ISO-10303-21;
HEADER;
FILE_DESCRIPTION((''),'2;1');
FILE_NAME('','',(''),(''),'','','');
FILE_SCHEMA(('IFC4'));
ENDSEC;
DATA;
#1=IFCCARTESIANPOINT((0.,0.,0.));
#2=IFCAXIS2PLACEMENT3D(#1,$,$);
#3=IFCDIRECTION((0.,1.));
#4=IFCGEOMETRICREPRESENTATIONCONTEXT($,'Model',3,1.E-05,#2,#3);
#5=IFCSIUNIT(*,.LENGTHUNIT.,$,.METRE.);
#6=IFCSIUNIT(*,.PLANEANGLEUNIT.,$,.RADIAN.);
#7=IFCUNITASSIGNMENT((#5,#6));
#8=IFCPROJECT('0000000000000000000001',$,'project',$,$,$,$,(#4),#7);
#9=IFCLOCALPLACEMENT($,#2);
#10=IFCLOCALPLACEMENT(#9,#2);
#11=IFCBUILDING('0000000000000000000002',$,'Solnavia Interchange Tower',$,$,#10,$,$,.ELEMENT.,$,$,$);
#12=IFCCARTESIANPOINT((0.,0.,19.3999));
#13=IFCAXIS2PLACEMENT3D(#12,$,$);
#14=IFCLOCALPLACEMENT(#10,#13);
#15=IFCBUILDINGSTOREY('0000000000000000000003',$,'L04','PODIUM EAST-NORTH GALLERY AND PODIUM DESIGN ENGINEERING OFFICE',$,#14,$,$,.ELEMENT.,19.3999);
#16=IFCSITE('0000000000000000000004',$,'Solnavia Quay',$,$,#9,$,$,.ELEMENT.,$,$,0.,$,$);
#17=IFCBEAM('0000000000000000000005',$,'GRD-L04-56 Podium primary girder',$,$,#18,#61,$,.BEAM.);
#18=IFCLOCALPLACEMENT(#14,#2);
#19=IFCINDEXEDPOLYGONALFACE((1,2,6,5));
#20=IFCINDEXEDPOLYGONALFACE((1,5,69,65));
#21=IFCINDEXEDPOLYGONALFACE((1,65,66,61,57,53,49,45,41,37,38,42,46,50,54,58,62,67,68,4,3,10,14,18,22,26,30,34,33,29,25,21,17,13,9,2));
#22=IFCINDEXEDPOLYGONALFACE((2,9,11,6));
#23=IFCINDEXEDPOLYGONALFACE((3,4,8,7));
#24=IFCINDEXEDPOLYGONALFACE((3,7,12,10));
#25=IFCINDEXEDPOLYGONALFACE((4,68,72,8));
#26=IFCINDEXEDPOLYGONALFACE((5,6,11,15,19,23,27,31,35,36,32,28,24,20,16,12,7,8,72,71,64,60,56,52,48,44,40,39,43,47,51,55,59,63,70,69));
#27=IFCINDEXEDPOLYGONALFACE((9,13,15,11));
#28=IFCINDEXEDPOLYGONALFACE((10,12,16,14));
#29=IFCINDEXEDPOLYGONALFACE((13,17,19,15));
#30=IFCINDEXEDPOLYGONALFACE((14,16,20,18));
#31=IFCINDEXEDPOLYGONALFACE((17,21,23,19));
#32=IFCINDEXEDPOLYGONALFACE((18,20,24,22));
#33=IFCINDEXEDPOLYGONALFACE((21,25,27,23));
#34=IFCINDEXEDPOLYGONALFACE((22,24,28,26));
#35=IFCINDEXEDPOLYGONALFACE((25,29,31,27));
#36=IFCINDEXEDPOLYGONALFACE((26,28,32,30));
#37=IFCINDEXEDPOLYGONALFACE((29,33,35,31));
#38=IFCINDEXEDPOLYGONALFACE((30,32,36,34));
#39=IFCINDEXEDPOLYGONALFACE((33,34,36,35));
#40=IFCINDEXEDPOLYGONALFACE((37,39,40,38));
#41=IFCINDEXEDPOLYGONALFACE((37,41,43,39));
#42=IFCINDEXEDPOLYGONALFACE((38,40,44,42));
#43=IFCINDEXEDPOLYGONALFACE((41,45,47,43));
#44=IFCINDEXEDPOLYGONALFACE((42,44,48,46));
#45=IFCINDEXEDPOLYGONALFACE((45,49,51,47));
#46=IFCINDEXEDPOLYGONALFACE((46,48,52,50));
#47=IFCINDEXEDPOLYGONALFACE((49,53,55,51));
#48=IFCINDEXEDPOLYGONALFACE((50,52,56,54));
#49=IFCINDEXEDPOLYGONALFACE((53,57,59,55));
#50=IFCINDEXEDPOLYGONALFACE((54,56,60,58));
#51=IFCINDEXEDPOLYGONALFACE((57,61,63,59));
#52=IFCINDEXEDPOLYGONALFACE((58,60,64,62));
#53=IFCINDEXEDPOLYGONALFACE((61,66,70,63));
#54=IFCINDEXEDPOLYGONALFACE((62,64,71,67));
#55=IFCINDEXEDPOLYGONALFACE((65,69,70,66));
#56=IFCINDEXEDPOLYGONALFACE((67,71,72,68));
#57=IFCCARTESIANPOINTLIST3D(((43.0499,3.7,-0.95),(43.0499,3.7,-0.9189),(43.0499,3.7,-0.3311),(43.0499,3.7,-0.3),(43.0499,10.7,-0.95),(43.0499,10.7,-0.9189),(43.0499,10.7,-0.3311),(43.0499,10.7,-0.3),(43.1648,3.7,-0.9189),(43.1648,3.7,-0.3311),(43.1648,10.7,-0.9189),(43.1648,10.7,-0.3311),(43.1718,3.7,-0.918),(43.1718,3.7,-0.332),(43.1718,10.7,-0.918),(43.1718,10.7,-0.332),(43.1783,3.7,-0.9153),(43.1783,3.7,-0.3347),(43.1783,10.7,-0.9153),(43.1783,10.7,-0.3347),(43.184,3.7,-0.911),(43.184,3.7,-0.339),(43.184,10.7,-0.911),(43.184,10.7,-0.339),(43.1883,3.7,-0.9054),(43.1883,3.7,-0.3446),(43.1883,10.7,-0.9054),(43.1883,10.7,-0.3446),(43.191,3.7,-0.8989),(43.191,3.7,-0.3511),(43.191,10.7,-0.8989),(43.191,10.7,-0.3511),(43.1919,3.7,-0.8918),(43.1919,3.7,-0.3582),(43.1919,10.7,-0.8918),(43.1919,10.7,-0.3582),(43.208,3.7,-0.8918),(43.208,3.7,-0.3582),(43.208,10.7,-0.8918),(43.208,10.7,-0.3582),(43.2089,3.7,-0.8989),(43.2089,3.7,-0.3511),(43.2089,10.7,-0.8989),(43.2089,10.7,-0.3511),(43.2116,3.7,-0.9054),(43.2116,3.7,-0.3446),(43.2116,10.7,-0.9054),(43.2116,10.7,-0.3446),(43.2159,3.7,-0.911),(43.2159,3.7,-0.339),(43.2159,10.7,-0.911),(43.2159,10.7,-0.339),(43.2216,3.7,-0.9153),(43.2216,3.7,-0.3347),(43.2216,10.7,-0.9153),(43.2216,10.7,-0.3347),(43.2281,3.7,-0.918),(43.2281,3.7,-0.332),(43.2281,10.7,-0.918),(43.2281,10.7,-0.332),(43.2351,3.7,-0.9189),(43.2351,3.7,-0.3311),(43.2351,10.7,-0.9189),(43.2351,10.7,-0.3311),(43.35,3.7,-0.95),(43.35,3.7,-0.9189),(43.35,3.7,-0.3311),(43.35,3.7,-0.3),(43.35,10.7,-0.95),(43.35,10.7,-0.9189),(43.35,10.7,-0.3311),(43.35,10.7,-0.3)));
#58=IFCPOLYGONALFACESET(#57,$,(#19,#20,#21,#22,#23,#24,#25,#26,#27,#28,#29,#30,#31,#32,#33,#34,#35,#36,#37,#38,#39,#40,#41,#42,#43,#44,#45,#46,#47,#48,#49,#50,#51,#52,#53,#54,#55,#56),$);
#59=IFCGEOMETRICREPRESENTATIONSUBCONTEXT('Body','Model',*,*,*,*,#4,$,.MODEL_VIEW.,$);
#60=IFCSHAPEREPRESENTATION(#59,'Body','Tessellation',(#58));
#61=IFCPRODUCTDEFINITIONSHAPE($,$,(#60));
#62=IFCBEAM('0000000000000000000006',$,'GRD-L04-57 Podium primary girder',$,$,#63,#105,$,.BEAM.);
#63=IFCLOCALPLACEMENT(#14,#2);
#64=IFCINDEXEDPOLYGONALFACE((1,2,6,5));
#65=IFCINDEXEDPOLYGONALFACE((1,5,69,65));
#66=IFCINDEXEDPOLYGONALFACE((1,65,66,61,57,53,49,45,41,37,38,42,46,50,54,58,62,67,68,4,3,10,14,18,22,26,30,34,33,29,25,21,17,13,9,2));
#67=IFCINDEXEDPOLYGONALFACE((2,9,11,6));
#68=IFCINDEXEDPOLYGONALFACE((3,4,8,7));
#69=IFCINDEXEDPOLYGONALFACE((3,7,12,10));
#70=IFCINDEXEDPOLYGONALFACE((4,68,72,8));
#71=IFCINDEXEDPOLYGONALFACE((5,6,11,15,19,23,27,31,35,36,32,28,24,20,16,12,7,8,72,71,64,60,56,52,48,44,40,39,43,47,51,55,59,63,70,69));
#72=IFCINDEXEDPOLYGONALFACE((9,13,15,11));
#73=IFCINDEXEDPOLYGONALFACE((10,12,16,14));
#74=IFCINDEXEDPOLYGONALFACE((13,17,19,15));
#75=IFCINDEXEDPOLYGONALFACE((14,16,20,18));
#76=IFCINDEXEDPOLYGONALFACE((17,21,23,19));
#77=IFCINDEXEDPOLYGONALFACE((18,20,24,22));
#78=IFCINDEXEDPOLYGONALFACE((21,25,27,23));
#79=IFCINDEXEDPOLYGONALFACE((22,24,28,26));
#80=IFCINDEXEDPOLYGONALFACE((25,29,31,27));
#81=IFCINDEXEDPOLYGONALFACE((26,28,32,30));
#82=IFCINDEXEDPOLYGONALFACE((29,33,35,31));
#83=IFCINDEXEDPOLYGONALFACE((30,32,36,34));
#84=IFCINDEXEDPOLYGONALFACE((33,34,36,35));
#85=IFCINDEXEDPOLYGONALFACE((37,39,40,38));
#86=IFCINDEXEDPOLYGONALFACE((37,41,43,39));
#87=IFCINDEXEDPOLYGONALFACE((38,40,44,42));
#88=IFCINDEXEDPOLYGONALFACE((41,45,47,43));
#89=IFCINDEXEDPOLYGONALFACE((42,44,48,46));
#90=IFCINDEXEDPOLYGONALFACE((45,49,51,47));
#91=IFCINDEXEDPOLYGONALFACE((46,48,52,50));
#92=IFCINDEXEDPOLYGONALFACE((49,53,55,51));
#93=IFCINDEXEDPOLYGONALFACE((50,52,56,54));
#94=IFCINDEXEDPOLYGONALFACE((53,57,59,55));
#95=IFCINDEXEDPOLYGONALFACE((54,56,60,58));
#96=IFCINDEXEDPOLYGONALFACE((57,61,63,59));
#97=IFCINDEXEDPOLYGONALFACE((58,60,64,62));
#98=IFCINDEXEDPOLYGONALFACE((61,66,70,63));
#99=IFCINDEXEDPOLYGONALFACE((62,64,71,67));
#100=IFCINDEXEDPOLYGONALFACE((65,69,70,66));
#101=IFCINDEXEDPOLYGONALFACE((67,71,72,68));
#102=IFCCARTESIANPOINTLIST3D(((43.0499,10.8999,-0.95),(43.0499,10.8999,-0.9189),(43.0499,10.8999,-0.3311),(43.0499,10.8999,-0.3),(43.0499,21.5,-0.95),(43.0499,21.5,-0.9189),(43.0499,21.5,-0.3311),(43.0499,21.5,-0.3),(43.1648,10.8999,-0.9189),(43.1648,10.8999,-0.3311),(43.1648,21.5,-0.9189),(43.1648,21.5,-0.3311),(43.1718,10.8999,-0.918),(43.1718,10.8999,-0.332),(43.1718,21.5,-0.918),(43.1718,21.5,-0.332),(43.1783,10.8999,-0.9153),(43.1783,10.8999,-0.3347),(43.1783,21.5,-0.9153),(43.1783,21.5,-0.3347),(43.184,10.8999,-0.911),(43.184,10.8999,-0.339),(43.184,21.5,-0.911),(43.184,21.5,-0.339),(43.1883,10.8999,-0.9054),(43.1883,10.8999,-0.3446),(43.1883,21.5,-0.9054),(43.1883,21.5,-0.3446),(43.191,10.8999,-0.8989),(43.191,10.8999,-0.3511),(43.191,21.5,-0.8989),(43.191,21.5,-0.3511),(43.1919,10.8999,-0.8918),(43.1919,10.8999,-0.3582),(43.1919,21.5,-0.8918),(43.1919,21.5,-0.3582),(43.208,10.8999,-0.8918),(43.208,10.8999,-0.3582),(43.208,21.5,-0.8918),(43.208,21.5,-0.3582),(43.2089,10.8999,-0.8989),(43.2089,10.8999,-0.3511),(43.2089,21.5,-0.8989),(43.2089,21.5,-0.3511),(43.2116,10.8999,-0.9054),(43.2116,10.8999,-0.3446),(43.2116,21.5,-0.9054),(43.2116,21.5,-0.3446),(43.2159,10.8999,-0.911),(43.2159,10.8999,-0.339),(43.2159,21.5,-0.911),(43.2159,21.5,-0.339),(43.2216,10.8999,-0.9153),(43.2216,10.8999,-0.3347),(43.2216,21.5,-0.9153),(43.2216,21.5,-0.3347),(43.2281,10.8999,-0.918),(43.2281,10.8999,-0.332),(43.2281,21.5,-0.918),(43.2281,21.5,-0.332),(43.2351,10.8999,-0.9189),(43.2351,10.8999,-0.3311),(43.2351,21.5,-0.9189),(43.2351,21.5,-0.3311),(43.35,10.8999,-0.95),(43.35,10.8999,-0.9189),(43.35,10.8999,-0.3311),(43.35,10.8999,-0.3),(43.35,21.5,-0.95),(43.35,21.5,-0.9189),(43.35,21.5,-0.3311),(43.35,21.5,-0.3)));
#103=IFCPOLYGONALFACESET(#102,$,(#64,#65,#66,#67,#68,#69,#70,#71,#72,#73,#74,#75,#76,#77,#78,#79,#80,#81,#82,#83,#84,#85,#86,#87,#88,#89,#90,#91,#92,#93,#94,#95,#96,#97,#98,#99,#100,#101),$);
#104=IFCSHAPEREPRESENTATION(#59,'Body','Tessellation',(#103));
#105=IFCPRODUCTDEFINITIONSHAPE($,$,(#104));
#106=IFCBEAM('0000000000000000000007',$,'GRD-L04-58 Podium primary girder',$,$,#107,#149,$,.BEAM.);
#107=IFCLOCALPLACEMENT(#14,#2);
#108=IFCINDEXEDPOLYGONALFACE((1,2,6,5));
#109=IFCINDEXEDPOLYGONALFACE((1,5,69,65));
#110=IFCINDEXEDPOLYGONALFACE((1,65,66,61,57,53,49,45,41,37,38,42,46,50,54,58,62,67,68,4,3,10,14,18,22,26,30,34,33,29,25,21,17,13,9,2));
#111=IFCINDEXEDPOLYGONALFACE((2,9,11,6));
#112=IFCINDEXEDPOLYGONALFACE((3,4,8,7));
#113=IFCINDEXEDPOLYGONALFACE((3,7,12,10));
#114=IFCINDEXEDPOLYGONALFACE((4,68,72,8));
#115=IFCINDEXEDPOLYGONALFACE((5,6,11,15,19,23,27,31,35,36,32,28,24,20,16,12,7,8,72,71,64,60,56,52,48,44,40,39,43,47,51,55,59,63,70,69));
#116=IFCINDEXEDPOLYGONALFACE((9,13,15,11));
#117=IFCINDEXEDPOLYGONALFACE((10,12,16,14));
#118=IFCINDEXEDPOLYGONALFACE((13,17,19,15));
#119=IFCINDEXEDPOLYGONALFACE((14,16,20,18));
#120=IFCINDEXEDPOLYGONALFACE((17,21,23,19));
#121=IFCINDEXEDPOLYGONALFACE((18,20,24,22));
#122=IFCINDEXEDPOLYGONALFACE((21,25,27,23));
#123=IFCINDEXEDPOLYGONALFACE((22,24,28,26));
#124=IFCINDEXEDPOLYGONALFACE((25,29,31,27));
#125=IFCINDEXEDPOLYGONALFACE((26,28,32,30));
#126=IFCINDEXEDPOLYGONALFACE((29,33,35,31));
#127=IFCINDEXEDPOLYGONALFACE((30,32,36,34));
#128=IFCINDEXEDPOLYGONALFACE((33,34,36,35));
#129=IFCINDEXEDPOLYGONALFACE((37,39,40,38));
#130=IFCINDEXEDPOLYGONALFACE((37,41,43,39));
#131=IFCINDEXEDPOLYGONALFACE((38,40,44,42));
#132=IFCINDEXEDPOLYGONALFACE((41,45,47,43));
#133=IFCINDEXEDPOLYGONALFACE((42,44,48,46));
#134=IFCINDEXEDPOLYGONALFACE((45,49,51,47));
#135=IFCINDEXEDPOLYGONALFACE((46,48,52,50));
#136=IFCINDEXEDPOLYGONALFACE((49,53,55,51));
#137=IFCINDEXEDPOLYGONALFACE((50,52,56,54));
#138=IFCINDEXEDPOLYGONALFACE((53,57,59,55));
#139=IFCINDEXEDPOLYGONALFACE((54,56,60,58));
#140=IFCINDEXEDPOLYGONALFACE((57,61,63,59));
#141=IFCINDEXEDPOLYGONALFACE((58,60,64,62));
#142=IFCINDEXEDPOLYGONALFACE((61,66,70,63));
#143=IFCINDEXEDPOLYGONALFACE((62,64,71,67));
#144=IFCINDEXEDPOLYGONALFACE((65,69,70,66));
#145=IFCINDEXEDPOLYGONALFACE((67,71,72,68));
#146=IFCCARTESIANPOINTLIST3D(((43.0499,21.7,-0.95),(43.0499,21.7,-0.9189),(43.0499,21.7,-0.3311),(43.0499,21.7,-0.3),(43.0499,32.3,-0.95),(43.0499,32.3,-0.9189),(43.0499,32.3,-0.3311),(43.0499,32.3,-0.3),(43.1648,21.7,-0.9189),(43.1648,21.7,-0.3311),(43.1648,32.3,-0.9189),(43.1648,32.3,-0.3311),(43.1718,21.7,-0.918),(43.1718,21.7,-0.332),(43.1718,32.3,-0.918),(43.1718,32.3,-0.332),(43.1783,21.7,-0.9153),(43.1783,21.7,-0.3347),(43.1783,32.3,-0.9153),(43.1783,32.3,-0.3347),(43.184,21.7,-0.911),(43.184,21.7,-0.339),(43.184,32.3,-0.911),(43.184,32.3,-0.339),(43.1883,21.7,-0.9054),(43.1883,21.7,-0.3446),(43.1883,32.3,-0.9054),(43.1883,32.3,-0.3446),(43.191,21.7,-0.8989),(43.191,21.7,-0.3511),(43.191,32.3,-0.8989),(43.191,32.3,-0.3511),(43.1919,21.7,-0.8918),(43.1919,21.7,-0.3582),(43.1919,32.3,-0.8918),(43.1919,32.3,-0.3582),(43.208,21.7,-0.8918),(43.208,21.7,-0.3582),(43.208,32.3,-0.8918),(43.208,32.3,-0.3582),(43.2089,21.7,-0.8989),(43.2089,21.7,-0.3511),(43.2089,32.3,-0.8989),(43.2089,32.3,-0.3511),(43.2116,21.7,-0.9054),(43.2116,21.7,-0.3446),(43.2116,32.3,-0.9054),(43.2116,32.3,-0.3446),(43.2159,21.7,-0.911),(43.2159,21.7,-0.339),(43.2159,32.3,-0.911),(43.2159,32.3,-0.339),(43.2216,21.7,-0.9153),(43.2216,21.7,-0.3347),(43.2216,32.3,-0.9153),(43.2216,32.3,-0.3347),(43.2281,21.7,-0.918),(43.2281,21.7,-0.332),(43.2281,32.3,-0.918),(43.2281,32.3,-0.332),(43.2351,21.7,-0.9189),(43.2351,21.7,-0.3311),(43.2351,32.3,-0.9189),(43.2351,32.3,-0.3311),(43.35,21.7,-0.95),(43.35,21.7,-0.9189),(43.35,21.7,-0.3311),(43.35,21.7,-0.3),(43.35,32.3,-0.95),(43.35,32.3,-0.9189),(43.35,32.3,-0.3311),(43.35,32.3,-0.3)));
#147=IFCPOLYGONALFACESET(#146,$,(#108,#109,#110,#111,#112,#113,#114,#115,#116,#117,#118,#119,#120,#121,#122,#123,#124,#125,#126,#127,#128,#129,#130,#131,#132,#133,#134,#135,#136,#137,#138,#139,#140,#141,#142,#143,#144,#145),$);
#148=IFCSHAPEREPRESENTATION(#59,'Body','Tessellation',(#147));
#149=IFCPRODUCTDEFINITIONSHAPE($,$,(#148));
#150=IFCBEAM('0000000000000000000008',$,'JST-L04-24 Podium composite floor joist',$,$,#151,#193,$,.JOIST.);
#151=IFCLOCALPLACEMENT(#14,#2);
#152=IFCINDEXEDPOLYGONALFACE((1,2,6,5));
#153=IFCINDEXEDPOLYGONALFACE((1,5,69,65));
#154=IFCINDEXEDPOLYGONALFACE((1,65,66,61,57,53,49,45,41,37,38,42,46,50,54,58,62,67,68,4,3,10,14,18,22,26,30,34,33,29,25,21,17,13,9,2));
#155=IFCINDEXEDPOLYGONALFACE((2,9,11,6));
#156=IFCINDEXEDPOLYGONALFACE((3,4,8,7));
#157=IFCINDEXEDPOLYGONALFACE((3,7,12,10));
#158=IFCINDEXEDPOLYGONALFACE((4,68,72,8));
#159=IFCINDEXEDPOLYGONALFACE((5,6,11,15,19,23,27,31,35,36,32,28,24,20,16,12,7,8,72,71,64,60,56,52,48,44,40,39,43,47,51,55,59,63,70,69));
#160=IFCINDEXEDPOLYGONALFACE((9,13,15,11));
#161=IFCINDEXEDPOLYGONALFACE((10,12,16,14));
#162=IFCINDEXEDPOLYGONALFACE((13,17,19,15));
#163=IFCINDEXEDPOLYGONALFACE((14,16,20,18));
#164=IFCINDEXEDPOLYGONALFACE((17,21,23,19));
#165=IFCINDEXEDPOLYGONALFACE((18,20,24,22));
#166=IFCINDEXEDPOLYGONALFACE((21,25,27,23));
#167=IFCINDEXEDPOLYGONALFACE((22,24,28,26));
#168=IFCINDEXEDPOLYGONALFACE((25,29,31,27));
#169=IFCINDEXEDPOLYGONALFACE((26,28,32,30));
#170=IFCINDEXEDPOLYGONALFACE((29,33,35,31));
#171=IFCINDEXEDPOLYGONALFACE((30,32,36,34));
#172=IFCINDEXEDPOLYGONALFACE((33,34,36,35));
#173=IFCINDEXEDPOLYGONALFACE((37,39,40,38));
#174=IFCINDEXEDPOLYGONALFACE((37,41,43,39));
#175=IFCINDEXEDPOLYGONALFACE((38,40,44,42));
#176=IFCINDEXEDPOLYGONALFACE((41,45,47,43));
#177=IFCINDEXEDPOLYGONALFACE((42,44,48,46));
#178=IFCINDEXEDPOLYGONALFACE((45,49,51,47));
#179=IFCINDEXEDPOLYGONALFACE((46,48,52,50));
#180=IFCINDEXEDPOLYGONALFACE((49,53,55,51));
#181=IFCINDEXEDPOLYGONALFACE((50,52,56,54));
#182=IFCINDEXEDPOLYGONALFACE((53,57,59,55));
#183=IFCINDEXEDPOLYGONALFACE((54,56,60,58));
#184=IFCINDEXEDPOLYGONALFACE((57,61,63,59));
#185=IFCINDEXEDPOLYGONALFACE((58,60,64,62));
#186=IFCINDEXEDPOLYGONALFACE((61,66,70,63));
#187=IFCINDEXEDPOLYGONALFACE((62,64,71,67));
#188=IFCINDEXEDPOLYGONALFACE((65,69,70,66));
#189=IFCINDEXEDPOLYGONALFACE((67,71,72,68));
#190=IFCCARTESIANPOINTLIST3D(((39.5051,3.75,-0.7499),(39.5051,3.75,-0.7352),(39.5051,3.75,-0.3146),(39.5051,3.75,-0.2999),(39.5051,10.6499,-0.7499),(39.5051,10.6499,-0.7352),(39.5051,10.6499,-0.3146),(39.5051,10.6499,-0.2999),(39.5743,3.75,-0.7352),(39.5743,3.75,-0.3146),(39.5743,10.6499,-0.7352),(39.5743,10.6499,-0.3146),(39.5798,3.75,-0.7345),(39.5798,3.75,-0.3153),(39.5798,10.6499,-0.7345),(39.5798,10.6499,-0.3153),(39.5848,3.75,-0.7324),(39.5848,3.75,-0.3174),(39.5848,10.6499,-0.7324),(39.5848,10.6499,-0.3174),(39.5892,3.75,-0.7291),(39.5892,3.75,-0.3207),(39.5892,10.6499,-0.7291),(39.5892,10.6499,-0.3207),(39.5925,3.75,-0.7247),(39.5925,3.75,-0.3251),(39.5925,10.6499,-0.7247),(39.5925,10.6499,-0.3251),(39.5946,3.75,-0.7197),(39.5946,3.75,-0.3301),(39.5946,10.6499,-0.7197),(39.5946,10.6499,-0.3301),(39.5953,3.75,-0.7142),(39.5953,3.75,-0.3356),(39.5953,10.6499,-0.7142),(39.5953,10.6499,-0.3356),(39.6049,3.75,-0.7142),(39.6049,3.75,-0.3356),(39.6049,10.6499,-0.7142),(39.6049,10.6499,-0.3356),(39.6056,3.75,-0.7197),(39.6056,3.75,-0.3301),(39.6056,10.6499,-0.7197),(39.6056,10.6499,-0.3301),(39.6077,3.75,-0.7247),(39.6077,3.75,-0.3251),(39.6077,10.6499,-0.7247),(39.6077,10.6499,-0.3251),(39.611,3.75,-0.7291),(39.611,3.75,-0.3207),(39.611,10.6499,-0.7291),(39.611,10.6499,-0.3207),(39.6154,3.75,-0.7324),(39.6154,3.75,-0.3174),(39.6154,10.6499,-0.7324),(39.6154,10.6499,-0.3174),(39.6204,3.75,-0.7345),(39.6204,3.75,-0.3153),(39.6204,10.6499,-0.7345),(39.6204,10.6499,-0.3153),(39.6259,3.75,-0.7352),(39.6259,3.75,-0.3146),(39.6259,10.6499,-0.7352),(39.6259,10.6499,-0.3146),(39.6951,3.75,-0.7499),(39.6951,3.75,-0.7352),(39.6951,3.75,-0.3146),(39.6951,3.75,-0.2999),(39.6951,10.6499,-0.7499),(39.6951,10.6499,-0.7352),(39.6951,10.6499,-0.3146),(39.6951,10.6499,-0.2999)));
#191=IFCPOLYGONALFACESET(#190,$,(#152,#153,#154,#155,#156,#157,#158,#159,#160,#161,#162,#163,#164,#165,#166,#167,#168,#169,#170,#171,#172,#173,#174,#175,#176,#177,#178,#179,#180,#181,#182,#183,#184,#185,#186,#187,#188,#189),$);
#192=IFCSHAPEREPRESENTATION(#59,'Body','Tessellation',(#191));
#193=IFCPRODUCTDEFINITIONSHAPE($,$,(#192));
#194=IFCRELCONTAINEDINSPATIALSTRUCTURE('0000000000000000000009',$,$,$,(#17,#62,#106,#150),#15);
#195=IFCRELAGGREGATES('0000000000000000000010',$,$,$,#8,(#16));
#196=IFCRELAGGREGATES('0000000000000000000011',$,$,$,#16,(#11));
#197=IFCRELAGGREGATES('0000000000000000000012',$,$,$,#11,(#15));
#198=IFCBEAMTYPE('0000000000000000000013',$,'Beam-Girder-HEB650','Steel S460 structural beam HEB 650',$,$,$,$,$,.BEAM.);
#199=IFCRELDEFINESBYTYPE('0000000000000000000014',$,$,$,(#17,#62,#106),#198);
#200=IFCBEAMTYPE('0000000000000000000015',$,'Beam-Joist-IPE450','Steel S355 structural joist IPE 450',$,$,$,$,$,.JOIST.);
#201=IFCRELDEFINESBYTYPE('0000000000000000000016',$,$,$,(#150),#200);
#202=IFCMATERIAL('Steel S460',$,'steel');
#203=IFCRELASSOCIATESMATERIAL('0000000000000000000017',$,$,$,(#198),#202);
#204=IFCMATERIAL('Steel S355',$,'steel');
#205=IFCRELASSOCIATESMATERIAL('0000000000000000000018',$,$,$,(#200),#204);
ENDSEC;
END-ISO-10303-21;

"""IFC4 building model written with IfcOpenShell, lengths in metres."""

from ifc_helpers import new_model, si_unit, direction, frame, origin, origin_2d, place, context, subcontext, project, spatial, i_section, extrude, material, material_profile, profile_set, type_object, element, save


model = new_model("IFC4")

# Units and contexts
model_context = context("Model", 3, precision=1e-05, world=origin(), true_north=direction((0.0, 1.0)))
body_context = subcontext(model_context, "Body", "Model", "MODEL_VIEW")
ifc_project = project(units=[si_unit("LENGTHUNIT", "METRE"), si_unit("PLANEANGLEUNIT", "RADIAN")], contexts=[model_context])

# Site, building, storey
site_placement = place(None, origin())
site = spatial("IfcSite", under=ifc_project, at=site_placement, Name="Solnavia Quay", CompositionType="ELEMENT", RefElevation=0.0)
building_placement = place(site_placement, origin())
building = spatial("IfcBuilding", under=site, at=building_placement, Name="Solnavia Interchange Tower", CompositionType="ELEMENT")
storey_placement = place(building_placement, frame((0.0, 0.0, 19.3999)))
storey = spatial("IfcBuildingStorey", under=building, at=storey_placement, Name="L04", Description="PODIUM EAST-NORTH GALLERY AND PODIUM DESIGN ENGINEERING OFFICE", CompositionType="ELEMENT", Elevation=19.3999)

# Beams
ifc_material_1 = material(Name="Steel S460", Category="steel")
ifc_material_profile_1 = material_profile(ifc_material_1, i_section(OverallWidth=0.3, OverallDepth=0.6499, WebThickness=0.0161, FlangeThickness=0.031, FilletRadius=0.0271, at=origin_2d()), Name="HEB 650")
ifc_profile_set_1 = profile_set([ifc_material_profile_1], Name="Steel S460")
beam_type_1 = type_object("IfcBeamType", Name="Beam-Girder-HEB650", Description="Steel S460 structural beam HEB 650", PredefinedType="BEAM", material=ifc_profile_set_1)
beam_1_placement = place(storey_placement, frame((43.2, 3.7, -0.625), z_axis=(0.0, 1.0, 0.0), x_axis=(-1.0, 0.0, 0.0)))
element("IfcBeam", 1, at=beam_1_placement, inside=storey, type_object=beam_type_1, Name="GRD-L04-56 Podium primary girder", PredefinedType="BEAM", context=body_context, shape_type="SweptSolid", body=[
    extrude(i_section(OverallWidth=0.3, OverallDepth=0.6499, WebThickness=0.0161, FlangeThickness=0.031, FilletRadius=0.0271, at=origin_2d()), origin(), (0.0, 0.0, 1.0), 7.0),
])
for number, where, z_axis, x_axis, name in (
    (2, (43.2, 10.8999, -0.625), (0.0, 1.0, 0.0), (-1.0, 0.0, 0.0), "GRD-L04-57 Podium primary girder"),
    (3, (43.2, 21.7, -0.625), (0.0, 1.0, 0.0), (-1.0, 0.0, 0.0), "GRD-L04-58 Podium primary girder"),
):
    element("IfcBeam", number, at=place(storey_placement, frame(where, z_axis=z_axis, x_axis=x_axis)), inside=storey, type_object=beam_type_1, Name=name, PredefinedType="BEAM", context=body_context, shape_type="SweptSolid", body=[
        extrude(i_section(OverallWidth=0.3, OverallDepth=0.6499, WebThickness=0.0161, FlangeThickness=0.031, FilletRadius=0.0271, at=origin_2d()), origin(), (0.0, 0.0, 1.0), 10.6001),
    ])
ifc_material_2 = material(Name="Steel S355", Category="steel")
ifc_material_profile_2 = material_profile(ifc_material_2, i_section(OverallWidth=0.1899, OverallDepth=0.45, WebThickness=0.0095, FlangeThickness=0.0146, FilletRadius=0.021, at=origin_2d()), Name="IPE 450")
ifc_profile_set_2 = profile_set([ifc_material_profile_2], Name="Steel S355")
beam_type_2 = type_object("IfcBeamType", Name="Beam-Joist-IPE450", Description="Steel S355 structural joist IPE 450", PredefinedType="JOIST", material=ifc_profile_set_2)
for number, where, z_axis, x_axis, name in (
    (4, (39.6001, 3.75, -0.5249), (0.0, 1.0, 0.0), (-1.0, 0.0, 0.0), "JST-L04-24 Podium composite floor joist"),
):
    element("IfcBeam", number, at=place(storey_placement, frame(where, z_axis=z_axis, x_axis=x_axis)), inside=storey, type_object=beam_type_2, Name=name, PredefinedType="JOIST", context=body_context, shape_type="SweptSolid", body=[
        extrude(i_section(OverallWidth=0.1899, OverallDepth=0.45, WebThickness=0.0095, FlangeThickness=0.0146, FilletRadius=0.021, at=origin_2d()), origin(), (0.0, 0.0, 1.0), 6.8999),
    ])

save(model, "model.ifc")
